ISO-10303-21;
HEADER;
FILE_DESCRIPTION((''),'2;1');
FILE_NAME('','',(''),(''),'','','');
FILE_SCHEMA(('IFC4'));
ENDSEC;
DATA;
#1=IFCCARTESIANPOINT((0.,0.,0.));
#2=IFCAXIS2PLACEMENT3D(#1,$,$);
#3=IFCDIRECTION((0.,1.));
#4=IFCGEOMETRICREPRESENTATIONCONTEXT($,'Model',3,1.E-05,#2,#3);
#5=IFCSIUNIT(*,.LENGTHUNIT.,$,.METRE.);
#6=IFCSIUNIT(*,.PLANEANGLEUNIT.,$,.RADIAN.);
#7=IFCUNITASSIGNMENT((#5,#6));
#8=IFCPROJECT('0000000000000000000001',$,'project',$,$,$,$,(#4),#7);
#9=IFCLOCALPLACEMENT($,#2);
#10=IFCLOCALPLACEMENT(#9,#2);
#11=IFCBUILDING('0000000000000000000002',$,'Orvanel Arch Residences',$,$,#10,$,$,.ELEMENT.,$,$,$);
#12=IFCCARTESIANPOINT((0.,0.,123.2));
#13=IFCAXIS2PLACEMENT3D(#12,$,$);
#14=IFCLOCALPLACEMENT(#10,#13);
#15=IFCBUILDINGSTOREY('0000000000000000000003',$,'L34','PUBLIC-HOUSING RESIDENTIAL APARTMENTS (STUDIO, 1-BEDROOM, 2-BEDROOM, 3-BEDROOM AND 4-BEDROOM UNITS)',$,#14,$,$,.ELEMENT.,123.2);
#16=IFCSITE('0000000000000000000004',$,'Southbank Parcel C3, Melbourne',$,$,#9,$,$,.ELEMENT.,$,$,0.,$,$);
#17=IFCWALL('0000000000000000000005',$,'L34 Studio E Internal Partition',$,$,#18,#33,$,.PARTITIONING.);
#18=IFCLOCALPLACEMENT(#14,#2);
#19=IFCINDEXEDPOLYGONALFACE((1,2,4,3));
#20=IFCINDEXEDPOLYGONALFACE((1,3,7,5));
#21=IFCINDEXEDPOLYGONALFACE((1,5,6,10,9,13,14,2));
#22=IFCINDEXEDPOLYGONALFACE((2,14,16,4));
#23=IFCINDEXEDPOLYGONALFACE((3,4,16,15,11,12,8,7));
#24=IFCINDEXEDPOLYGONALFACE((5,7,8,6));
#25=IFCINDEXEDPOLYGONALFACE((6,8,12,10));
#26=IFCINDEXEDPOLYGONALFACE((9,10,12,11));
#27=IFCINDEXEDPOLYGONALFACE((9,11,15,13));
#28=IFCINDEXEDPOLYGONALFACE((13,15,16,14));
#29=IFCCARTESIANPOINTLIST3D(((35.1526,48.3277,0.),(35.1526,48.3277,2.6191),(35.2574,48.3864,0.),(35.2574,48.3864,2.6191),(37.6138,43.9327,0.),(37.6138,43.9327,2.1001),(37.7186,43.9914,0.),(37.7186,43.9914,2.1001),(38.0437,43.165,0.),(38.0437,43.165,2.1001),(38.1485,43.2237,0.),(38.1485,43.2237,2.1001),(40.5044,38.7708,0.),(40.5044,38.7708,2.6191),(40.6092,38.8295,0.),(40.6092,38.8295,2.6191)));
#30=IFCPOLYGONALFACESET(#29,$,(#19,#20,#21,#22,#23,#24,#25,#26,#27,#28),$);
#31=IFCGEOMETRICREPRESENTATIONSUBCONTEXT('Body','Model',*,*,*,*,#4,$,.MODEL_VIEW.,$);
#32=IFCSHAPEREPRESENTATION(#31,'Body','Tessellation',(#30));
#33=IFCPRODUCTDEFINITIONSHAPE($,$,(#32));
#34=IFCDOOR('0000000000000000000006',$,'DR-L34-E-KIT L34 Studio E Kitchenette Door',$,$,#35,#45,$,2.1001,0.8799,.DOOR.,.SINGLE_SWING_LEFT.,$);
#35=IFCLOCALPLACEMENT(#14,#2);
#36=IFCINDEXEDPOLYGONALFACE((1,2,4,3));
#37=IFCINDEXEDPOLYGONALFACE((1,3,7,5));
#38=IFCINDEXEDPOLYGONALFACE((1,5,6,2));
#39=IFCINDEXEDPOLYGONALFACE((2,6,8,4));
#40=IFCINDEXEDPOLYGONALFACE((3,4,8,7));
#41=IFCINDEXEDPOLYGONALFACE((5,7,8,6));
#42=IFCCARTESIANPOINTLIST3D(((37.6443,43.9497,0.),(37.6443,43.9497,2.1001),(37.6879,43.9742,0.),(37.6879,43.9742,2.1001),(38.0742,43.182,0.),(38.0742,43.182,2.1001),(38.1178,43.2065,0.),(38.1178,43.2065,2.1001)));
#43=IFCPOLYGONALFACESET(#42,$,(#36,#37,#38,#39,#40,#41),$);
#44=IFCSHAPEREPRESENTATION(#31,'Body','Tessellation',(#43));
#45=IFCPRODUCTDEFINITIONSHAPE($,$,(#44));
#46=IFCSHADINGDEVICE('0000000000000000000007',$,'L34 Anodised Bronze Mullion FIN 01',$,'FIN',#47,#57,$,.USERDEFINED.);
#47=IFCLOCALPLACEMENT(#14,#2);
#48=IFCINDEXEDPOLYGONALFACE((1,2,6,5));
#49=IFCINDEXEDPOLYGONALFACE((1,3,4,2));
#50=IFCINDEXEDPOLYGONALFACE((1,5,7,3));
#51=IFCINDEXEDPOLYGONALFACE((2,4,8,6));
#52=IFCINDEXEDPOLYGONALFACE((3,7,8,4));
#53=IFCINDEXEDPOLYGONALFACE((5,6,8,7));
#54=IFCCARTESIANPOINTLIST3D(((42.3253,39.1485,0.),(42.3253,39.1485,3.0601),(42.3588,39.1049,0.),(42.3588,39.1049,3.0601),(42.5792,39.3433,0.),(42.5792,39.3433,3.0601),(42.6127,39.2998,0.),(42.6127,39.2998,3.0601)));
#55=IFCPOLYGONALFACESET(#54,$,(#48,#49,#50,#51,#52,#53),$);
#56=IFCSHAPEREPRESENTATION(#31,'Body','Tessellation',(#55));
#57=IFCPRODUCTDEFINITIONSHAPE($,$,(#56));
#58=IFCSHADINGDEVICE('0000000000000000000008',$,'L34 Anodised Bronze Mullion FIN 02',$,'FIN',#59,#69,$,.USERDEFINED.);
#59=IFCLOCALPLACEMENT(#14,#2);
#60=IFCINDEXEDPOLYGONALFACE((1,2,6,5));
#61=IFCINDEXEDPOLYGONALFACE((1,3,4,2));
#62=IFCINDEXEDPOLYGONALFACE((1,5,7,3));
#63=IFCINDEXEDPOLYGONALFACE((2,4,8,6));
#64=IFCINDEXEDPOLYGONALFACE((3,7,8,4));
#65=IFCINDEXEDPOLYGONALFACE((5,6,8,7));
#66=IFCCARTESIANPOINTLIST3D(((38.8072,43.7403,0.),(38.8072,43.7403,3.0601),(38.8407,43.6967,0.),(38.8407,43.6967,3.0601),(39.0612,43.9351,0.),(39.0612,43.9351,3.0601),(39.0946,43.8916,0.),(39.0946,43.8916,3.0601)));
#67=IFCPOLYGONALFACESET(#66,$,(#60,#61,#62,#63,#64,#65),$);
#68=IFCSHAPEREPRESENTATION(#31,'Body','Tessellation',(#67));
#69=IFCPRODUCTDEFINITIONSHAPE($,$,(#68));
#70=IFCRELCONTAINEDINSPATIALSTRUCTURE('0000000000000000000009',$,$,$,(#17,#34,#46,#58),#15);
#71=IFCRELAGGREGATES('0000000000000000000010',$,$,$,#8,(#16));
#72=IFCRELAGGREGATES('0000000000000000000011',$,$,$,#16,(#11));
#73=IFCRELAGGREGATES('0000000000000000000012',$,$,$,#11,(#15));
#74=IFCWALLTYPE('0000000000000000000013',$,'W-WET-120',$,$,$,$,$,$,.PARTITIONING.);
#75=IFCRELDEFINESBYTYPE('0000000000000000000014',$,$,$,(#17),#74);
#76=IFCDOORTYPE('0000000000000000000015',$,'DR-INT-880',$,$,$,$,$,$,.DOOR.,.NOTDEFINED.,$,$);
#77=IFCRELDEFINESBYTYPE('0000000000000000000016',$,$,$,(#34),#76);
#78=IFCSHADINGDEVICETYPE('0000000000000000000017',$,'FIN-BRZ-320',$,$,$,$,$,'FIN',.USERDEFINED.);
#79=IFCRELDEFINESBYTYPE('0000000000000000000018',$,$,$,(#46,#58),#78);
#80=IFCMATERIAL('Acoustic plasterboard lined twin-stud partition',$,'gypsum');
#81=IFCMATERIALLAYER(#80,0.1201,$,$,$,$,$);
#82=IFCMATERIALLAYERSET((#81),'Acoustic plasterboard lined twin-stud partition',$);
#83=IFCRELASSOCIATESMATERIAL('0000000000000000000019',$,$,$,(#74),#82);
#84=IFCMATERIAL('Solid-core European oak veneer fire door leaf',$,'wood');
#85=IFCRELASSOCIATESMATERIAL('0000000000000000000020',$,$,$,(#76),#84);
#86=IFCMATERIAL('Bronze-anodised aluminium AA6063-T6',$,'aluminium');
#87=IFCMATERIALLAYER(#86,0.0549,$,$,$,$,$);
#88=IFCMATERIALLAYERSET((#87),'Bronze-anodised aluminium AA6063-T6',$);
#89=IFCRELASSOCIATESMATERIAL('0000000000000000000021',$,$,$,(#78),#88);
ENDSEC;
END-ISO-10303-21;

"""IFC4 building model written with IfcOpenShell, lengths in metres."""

from ifc_helpers import new_model, si_unit, direction, frame, frame_2d, origin, origin_2d, place, context, subcontext, project, spatial, rectangle, extrude, material, layer, layer_set, type_object, element, fill, save


model = new_model("IFC4")

# Units and contexts
model_context = context("Model", 3, precision=1e-05, world=origin(), true_north=direction((0.0, 1.0)))
body_context = subcontext(model_context, "Body", "Model", "MODEL_VIEW")
ifc_project = project(units=[si_unit("LENGTHUNIT", "METRE"), si_unit("PLANEANGLEUNIT", "RADIAN")], contexts=[model_context])

# Site, building, storey
site_placement = place(None, origin())
site = spatial("IfcSite", under=ifc_project, at=site_placement, Name="Southbank Parcel C3, Melbourne", CompositionType="ELEMENT", RefElevation=0.0)
building_placement = place(site_placement, origin())
building = spatial("IfcBuilding", under=site, at=building_placement, Name="Orvanel Arch Residences", CompositionType="ELEMENT")
storey_placement = place(building_placement, frame((0.0, 0.0, 123.2)))
storey = spatial("IfcBuildingStorey", under=building, at=storey_placement, Name="L34", Description="PUBLIC-HOUSING RESIDENTIAL APARTMENTS (STUDIO, 1-BEDROOM, 2-BEDROOM, 3-BEDROOM AND 4-BEDROOM UNITS)", CompositionType="ELEMENT", Elevation=123.2)

# Shared definitions
ifc_material_1 = material(Name="Bronze-anodised aluminium AA6063-T6", Category="aluminium")

# Wall, opening, door
ifc_material_2 = material(Name="Acoustic plasterboard lined twin-stud partition", Category="gypsum")
ifc_layer_1 = layer(ifc_material_2, 0.1201)
ifc_layer_set_1 = layer_set([ifc_layer_1], Name="Acoustic plasterboard lined twin-stud partition")
wall_type = type_object("IfcWallType", Name="W-WET-120", PredefinedType="PARTITIONING", material=ifc_layer_set_1)
wall_placement = place(storey_placement, frame((35.2051, 48.3569, 0.0), z_axis=(0.0, 0.0, 1.0), x_axis=(0.4886, -0.872508, 0.0)))
wall = element("IfcWall", 1, at=wall_placement, inside=storey, type_object=wall_type, Name="L34 Studio E Internal Partition", PredefinedType="PARTITIONING", context=body_context, shape_type="SweptSolid", body=[
    extrude(rectangle(XDim=10.9534, YDim=0.1201, at=frame_2d((5.4766, 0.0))), origin(), (0.0, 0.0, 1.0), 2.6191),
])
opening_placement = place(wall_placement, frame((5.0371, 0.0, 0.0)))
opening = element("IfcOpeningElement", 2, at=opening_placement, cuts=wall, PredefinedType="OPENING", context=body_context, shape_type="SweptSolid", body=[
    extrude(rectangle(XDim=0.8799, YDim=2.1001, at=frame_2d((0.4399, 1.05))), frame((0.0, 0.0701, 0.0), z_axis=(0.0, -1.0, 0.0), x_axis=(1.0, 0.0, 0.0)), (0.0, 0.0, 1.0), 0.1401),
])
ifc_material_3 = material(Name="Solid-core European oak veneer fire door leaf", Category="wood")
door_type = type_object("IfcDoorType", Name="DR-INT-880", OperationType="NOTDEFINED", PredefinedType="DOOR", material=ifc_material_3)
door_placement = place(opening_placement, origin())
door = element("IfcDoor", 3, at=door_placement, inside=storey, type_object=door_type, Name="DR-L34-E-KIT L34 Studio E Kitchenette Door", OperationType="SINGLE_SWING_LEFT", OverallHeight=2.1001, OverallWidth=0.8799, PredefinedType="DOOR", context=body_context, shape_type="SweptSolid", body=[
    extrude(rectangle(XDim=0.8799, YDim=2.1001, at=frame_2d((0.4399, 1.05))), frame((0.0, 0.0249, 0.0), z_axis=(0.0, -1.0, 0.0), x_axis=(1.0, 0.0, 0.0)), (0.0, 0.0, 1.0), 0.05),
])
fill(opening, door)

# Shading devices
ifc_layer_2 = layer(ifc_material_1, 0.0549)
ifc_layer_set_2 = layer_set([ifc_layer_2], Name="Bronze-anodised aluminium AA6063-T6")
shading_device_type = type_object("IfcShadingDeviceType", Name="FIN-BRZ-320", ElementType="FIN", PredefinedType="USERDEFINED", material=ifc_layer_set_2)
for number, where, z_axis, x_axis, name in (
    (4, (42.469, 39.2241, 0.0), (0.0, 0.0, 1.0), (0.793353, 0.608761, 0.0), "L34 Anodised Bronze Mullion FIN 01"),
    (5, (38.9509, 43.8159, 0.0), (0.0, 0.0, 1.0), (0.793353, 0.608761, 0.0), "L34 Anodised Bronze Mullion FIN 02"),
):
    element("IfcShadingDevice", number, at=place(storey_placement, frame(where, z_axis=z_axis, x_axis=x_axis)), inside=storey, type_object=shading_device_type, Name=name, ObjectType="FIN", PredefinedType="USERDEFINED", context=body_context, shape_type="SweptSolid", body=[
        extrude(rectangle(XDim=0.3201, YDim=0.0549, at=origin_2d()), origin(), (0.0, 0.0, 1.0), 3.0601),
    ])

save(model, "model.ifc")
